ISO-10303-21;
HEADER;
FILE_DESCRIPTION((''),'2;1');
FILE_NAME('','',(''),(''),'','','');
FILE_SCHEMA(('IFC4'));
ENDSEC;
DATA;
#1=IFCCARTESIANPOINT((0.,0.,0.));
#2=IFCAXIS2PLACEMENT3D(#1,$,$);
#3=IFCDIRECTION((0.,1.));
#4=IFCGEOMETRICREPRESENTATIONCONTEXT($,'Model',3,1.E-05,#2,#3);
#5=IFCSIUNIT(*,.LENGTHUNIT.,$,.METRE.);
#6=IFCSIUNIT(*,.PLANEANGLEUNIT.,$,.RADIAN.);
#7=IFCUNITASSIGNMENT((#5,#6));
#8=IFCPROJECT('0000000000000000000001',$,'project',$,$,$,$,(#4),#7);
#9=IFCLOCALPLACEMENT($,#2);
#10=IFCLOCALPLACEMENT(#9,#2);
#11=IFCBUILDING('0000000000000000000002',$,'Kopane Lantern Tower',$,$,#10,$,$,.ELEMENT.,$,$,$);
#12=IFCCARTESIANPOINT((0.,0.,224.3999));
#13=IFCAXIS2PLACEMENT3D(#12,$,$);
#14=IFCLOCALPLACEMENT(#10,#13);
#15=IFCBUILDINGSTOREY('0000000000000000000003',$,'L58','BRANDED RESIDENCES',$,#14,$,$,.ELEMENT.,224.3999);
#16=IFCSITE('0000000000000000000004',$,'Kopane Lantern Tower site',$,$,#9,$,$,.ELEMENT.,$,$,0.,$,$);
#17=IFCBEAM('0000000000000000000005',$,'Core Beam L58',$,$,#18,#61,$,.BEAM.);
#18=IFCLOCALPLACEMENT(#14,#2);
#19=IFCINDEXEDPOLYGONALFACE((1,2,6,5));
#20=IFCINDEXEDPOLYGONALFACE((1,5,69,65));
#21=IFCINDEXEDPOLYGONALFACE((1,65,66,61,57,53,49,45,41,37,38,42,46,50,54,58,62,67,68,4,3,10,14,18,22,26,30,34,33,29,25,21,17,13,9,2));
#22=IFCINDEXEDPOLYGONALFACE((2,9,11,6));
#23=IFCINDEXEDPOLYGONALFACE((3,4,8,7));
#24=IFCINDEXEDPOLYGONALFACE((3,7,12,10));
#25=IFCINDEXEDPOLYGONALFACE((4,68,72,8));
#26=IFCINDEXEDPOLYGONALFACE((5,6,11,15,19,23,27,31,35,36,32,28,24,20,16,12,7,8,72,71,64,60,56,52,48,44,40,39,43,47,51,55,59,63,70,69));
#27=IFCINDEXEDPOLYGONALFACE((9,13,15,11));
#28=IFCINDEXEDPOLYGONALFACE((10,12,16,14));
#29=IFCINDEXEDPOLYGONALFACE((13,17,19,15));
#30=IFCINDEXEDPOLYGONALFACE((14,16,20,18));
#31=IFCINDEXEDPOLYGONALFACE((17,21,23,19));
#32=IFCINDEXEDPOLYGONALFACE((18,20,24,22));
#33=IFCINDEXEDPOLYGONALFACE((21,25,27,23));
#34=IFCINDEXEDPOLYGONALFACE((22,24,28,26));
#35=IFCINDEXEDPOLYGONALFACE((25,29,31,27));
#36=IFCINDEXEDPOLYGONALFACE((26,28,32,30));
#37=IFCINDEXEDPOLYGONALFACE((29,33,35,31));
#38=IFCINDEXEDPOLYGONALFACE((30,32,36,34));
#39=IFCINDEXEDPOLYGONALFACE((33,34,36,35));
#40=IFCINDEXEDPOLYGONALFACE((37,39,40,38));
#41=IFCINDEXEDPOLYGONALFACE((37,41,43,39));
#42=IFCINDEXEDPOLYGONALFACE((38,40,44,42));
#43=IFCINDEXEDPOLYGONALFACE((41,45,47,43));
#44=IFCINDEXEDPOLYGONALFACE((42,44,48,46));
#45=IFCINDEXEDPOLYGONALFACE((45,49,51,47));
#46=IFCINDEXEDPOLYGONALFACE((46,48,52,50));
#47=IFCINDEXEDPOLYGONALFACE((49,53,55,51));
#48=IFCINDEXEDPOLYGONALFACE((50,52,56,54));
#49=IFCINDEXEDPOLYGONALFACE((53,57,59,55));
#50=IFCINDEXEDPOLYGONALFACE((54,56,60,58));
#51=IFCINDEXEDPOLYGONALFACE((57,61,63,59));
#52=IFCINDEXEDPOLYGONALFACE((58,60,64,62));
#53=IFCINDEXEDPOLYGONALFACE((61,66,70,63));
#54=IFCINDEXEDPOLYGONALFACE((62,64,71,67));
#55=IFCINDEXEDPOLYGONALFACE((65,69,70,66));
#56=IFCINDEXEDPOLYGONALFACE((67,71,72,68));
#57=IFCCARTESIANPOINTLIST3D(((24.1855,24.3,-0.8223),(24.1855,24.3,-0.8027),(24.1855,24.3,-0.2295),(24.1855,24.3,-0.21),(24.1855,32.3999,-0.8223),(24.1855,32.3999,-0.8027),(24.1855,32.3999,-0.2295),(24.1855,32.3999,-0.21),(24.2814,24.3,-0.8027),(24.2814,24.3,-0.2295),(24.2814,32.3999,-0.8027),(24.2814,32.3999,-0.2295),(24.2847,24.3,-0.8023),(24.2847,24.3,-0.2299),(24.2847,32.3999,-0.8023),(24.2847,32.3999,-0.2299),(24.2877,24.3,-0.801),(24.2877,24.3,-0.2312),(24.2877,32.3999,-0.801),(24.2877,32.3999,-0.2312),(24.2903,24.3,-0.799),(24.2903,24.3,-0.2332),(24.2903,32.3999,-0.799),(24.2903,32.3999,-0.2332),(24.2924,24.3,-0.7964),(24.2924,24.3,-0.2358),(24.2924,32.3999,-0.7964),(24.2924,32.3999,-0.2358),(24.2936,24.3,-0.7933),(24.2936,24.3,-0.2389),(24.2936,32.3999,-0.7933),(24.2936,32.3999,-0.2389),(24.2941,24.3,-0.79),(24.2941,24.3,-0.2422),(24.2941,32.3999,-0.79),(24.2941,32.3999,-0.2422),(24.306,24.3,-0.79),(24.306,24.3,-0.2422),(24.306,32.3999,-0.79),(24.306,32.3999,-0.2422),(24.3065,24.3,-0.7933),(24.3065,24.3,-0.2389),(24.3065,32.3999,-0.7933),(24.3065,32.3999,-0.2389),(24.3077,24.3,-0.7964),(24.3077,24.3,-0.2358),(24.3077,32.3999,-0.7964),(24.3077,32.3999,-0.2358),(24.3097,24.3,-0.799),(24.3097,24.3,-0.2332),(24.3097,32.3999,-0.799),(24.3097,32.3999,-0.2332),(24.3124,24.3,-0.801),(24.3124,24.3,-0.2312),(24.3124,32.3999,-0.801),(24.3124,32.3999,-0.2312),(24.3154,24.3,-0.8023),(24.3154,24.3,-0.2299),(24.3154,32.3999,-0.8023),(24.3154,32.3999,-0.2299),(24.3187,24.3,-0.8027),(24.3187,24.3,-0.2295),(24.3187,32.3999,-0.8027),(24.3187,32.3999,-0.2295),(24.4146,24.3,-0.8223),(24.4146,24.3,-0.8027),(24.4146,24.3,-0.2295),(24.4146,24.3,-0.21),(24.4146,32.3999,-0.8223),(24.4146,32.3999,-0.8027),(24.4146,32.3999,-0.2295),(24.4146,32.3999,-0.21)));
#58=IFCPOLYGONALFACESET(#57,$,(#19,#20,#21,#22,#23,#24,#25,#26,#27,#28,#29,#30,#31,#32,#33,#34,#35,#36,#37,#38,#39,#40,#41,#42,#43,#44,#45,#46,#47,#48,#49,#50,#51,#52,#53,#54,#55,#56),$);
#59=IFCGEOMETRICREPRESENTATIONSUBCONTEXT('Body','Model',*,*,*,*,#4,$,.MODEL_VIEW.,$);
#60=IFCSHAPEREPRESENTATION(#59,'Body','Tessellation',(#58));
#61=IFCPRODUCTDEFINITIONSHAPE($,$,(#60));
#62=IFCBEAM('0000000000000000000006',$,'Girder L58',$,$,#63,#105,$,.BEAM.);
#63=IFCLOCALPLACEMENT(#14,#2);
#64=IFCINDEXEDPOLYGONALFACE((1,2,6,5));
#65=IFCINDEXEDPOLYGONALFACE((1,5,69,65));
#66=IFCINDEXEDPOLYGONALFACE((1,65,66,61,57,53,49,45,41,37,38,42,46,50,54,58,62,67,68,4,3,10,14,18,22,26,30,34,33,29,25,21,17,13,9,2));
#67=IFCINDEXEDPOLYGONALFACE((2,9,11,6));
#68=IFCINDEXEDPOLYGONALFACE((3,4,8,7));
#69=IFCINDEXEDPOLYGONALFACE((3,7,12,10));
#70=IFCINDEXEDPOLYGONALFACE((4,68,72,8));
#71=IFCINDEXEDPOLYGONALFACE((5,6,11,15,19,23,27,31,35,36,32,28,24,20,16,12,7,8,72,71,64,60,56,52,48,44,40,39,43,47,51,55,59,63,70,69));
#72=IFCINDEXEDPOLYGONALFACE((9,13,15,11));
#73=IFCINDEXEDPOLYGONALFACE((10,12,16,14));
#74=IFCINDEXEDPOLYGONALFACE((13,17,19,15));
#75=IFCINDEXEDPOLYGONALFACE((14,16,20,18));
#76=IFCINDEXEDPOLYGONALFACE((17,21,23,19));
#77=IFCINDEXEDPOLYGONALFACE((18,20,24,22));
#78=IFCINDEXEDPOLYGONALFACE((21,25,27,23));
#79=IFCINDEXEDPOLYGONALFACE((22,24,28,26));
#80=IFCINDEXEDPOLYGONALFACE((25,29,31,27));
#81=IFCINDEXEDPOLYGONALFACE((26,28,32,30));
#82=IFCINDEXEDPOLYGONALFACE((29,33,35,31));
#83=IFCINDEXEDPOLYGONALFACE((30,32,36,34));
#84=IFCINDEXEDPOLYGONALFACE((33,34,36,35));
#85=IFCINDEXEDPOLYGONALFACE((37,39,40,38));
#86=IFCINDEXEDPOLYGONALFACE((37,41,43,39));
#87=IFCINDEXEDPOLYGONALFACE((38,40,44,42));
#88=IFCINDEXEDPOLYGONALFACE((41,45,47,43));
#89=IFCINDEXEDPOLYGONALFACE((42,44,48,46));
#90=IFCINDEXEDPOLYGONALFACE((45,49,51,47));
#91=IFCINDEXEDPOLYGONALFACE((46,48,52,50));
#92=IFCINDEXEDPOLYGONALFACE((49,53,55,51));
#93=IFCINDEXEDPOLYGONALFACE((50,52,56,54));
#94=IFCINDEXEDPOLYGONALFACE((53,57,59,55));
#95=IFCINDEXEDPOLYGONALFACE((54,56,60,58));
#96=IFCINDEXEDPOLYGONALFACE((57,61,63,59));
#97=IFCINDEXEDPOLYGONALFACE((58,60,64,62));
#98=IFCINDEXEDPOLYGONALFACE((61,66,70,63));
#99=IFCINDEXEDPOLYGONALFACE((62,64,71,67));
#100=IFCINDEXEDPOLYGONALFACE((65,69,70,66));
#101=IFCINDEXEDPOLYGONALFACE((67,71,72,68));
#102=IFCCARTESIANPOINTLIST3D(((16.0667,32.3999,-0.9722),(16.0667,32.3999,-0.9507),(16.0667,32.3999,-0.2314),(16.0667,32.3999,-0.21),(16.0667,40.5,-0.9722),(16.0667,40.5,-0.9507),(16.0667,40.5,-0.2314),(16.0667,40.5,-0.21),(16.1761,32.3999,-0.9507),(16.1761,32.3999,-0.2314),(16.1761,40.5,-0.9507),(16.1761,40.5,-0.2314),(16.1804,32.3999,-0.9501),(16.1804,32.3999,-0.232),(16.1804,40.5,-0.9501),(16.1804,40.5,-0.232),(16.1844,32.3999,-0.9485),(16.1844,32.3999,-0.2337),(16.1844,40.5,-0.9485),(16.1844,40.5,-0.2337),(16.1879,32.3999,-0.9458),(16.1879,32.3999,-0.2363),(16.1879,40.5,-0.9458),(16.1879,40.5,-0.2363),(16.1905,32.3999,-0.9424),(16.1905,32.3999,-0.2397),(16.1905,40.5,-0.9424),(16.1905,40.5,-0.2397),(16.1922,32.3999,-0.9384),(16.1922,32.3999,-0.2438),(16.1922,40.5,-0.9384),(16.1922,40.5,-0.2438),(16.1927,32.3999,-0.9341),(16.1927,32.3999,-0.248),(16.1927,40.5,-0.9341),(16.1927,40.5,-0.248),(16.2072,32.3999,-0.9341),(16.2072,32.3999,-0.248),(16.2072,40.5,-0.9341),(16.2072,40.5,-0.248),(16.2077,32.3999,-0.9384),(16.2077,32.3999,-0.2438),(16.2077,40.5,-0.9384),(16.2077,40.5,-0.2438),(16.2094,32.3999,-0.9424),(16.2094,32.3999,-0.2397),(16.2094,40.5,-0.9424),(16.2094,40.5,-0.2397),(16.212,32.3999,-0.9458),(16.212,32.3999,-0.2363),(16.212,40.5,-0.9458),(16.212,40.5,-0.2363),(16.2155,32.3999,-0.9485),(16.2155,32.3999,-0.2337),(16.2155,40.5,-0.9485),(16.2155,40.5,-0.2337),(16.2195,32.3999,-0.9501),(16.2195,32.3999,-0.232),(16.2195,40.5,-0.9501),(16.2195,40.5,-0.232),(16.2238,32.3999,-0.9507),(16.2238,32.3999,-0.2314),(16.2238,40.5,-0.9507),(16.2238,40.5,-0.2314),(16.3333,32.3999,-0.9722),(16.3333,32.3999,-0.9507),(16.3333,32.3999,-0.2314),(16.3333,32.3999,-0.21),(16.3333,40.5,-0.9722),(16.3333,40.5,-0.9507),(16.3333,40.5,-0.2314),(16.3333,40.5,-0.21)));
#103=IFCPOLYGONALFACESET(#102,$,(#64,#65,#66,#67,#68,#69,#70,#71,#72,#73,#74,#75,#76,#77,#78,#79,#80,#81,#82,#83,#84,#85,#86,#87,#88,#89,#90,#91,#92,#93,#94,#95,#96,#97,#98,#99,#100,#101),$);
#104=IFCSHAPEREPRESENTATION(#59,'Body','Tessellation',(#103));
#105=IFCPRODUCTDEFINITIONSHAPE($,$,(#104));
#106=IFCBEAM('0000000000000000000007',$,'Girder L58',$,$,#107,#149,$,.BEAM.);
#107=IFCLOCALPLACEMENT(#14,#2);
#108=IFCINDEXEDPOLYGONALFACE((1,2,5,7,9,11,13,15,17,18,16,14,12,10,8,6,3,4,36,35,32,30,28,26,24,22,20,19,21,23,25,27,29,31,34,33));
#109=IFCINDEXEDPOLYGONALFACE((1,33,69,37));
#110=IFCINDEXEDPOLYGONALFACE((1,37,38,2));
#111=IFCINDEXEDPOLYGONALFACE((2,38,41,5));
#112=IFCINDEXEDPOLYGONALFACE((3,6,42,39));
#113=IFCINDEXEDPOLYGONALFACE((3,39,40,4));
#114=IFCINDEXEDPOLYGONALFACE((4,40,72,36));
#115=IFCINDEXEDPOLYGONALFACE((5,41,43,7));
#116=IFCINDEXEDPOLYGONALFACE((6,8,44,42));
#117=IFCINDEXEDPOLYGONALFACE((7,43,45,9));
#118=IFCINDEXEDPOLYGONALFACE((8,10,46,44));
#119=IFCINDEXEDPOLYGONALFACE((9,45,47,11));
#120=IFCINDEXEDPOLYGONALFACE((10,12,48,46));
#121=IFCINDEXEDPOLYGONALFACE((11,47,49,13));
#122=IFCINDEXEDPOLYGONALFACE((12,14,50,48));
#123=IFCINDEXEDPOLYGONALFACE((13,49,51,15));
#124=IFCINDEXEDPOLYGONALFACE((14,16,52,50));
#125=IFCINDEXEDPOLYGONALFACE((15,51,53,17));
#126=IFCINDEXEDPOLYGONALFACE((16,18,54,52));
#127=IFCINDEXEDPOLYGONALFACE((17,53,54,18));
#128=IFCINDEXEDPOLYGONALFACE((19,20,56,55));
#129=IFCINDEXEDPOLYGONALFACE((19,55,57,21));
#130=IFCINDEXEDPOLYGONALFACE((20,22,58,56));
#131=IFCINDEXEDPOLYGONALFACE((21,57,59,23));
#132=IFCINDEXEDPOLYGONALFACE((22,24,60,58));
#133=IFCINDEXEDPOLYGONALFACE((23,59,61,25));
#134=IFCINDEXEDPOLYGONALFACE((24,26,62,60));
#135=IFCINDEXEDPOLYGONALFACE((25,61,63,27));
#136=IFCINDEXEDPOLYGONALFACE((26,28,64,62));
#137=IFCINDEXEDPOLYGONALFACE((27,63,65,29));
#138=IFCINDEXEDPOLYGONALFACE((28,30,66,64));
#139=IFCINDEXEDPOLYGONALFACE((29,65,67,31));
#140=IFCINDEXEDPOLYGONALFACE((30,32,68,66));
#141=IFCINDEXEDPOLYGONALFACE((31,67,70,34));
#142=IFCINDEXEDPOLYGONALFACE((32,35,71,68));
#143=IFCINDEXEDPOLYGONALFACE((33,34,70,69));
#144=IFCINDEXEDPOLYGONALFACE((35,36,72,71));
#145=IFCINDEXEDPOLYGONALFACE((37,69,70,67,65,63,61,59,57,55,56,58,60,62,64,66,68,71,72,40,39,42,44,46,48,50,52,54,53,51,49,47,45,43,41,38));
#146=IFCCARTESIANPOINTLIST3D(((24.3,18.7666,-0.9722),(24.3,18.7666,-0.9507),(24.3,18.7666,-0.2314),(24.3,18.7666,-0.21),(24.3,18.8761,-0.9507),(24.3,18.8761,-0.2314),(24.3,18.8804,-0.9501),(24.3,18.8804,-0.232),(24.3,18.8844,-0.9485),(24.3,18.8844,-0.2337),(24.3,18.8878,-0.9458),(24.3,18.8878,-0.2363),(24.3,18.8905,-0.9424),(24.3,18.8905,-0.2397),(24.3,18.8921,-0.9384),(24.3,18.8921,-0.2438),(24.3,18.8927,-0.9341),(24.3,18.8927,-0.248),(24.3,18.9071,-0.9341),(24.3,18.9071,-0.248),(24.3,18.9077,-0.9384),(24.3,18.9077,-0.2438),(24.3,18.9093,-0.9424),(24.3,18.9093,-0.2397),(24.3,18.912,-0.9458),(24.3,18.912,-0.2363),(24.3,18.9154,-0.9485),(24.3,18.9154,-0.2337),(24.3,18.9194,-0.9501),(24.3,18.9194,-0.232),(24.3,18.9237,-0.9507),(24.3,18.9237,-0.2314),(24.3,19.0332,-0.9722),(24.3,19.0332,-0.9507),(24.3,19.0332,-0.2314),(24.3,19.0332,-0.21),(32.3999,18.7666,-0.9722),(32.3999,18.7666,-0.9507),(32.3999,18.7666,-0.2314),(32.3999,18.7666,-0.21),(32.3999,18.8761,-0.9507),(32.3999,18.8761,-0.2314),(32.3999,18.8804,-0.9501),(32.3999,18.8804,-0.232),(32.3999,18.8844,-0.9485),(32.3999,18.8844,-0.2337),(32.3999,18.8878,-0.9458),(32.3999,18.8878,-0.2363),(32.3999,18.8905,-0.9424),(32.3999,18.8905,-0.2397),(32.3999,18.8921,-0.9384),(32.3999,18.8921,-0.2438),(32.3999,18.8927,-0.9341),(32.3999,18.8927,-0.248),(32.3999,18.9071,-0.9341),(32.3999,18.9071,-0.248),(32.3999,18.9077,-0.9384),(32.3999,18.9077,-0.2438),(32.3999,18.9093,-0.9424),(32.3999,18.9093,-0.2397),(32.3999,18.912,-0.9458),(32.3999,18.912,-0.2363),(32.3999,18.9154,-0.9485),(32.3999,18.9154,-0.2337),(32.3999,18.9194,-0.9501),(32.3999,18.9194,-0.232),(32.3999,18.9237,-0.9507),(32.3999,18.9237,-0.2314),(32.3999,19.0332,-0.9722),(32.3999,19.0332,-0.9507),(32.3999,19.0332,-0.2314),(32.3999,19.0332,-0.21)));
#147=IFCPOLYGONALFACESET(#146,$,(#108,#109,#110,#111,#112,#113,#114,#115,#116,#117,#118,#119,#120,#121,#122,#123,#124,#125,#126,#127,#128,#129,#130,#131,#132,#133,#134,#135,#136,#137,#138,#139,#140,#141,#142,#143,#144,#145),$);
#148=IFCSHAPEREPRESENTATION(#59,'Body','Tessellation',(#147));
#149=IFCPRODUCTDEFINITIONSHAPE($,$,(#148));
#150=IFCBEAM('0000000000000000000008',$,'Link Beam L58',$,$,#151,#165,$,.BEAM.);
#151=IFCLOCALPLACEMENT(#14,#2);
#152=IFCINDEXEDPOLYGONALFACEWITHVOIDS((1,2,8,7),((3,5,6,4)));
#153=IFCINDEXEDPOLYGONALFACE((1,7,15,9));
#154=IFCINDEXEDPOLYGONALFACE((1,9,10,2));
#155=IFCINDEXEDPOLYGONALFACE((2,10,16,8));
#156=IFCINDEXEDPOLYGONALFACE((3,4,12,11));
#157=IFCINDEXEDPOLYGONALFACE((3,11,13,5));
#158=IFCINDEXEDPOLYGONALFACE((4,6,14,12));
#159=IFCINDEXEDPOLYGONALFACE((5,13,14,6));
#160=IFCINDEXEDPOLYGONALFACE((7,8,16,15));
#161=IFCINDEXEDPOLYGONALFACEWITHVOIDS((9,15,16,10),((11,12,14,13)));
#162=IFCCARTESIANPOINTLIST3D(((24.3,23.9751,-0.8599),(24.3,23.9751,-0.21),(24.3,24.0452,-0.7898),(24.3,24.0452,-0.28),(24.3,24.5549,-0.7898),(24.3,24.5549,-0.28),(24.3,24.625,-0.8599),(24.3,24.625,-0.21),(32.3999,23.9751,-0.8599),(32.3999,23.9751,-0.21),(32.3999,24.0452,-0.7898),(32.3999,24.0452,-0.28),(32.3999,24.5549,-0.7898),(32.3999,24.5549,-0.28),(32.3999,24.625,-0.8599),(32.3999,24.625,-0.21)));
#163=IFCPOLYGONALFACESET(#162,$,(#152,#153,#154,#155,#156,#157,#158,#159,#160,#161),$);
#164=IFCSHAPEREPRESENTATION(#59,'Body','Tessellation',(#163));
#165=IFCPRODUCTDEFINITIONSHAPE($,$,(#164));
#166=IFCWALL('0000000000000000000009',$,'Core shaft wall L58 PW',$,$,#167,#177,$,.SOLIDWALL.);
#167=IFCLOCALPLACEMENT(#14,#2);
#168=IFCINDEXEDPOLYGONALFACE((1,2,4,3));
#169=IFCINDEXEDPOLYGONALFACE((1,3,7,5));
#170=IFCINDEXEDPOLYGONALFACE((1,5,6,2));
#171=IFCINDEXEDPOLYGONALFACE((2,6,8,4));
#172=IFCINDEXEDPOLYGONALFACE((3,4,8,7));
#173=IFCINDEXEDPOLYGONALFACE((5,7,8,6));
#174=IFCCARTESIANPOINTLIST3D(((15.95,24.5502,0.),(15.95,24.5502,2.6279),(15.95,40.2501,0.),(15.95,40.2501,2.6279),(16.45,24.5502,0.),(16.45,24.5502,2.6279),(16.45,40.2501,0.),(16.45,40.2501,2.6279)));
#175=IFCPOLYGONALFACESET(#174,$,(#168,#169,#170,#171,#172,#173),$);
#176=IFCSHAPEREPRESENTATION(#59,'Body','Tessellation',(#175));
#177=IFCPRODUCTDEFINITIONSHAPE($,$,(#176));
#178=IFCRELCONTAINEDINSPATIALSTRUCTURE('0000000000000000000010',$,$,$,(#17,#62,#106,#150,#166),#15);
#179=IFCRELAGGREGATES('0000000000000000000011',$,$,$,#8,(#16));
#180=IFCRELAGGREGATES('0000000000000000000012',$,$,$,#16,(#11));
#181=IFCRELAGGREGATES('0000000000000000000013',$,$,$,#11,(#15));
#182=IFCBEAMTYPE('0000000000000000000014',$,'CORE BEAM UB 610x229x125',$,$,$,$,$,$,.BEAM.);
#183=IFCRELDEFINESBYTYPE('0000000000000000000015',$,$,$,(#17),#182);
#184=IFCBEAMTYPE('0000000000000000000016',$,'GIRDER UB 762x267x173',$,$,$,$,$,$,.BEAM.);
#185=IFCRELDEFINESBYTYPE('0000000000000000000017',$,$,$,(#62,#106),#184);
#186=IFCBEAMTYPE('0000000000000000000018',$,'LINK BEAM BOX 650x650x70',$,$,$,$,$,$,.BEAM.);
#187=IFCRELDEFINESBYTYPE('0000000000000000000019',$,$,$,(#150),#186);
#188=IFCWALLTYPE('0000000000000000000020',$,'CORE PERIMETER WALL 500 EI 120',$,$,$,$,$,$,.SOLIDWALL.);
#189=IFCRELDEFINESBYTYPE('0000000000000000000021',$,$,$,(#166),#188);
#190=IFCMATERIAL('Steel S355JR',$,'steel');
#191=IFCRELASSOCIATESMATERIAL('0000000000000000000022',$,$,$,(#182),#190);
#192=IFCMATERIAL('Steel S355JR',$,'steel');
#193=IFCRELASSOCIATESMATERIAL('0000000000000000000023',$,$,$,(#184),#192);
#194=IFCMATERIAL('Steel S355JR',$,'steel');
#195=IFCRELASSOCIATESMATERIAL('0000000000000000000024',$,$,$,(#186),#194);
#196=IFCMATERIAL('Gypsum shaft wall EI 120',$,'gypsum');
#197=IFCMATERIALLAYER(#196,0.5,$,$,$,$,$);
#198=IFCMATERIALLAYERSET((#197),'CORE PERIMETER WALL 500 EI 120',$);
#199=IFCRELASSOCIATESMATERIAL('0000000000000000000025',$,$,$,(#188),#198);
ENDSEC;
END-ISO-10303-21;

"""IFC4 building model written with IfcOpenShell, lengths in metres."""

from ifc_helpers import new_model, si_unit, direction, frame, frame_2d, origin, origin_2d, place, context, subcontext, project, spatial, rectangle, hollow_rectangle, i_section, extrude, material, layer, layer_set, material_profile, profile_set, type_object, element, save


model = new_model("IFC4")

# Units and contexts
model_context = context("Model", 3, precision=1e-05, world=origin(), true_north=direction((0.0, 1.0)))
body_context = subcontext(model_context, "Body", "Model", "MODEL_VIEW")
ifc_project = project(units=[si_unit("LENGTHUNIT", "METRE"), si_unit("PLANEANGLEUNIT", "RADIAN")], contexts=[model_context])

# Site, building, storey
site_placement = place(None, origin())
site = spatial("IfcSite", under=ifc_project, at=site_placement, Name="Kopane Lantern Tower site", CompositionType="ELEMENT", RefElevation=0.0)
building_placement = place(site_placement, origin())
building = spatial("IfcBuilding", under=site, at=building_placement, Name="Kopane Lantern Tower", CompositionType="ELEMENT")
storey_placement = place(building_placement, frame((0.0, 0.0, 224.3999)))
storey = spatial("IfcBuildingStorey", under=building, at=storey_placement, Name="L58", Description="BRANDED RESIDENCES", CompositionType="ELEMENT", Elevation=224.3999)

# Beams
ifc_material_1 = material(Name="Steel S355JR", Category="steel")
ifc_material_profile_1 = material_profile(ifc_material_1, i_section(OverallWidth=0.229, OverallDepth=0.6123, WebThickness=0.012, FlangeThickness=0.0195, FilletRadius=0.0127, at=origin_2d()), Name="UB 610x229x125")
ifc_profile_set_1 = profile_set([ifc_material_profile_1], Name="Steel S355JR")
beam_type_1 = type_object("IfcBeamType", Name="CORE BEAM UB 610x229x125", PredefinedType="BEAM", material=ifc_profile_set_1)
beam_1_placement = place(storey_placement, frame((24.3, 24.3, -0.5161), z_axis=(0.0, 1.0, 0.0), x_axis=(-1.0, 0.0, 0.0)))
element("IfcBeam", 1, at=beam_1_placement, inside=storey, type_object=beam_type_1, Name="Core Beam L58", PredefinedType="BEAM", context=body_context, shape_type="SweptSolid", body=[
    extrude(i_section(OverallWidth=0.229, OverallDepth=0.6123, WebThickness=0.012, FlangeThickness=0.0195, FilletRadius=0.0127, at=origin_2d()), origin(), (0.0, 0.0, 1.0), 8.0999),
])
ifc_material_2 = material(Name="Steel S355JR", Category="steel")
ifc_material_profile_2 = material_profile(ifc_material_2, i_section(OverallWidth=0.2666, OverallDepth=0.7622, WebThickness=0.0144, FlangeThickness=0.0215, FilletRadius=0.0166, at=origin_2d()), Name="UB 762x267x173")
ifc_profile_set_2 = profile_set([ifc_material_profile_2], Name="Steel S355JR")
beam_type_2 = type_object("IfcBeamType", Name="GIRDER UB 762x267x173", PredefinedType="BEAM", material=ifc_profile_set_2)
beam_2_placement = place(storey_placement, frame((16.2, 32.3999, -0.5911), z_axis=(0.0, 1.0, 0.0), x_axis=(-1.0, 0.0, 0.0)))
element("IfcBeam", 2, at=beam_2_placement, inside=storey, type_object=beam_type_2, Name="Girder L58", PredefinedType="BEAM", context=body_context, shape_type="SweptSolid", body=[
    extrude(i_section(OverallWidth=0.2666, OverallDepth=0.7622, WebThickness=0.0144, FlangeThickness=0.0215, FilletRadius=0.0166, at=origin_2d()), origin(), (0.0, 0.0, 1.0), 8.1001),
])
beam_3_placement = place(storey_placement, frame((24.3, 18.8999, -0.5911), z_axis=(1.0, 0.0, 0.0), x_axis=(0.0, 1.0, 0.0)))
element("IfcBeam", 3, at=beam_3_placement, inside=storey, type_object=beam_type_2, Name="Girder L58", PredefinedType="BEAM", context=body_context, shape_type="SweptSolid", body=[
    extrude(i_section(OverallWidth=0.2666, OverallDepth=0.7622, WebThickness=0.0144, FlangeThickness=0.0215, FilletRadius=0.0166, at=origin_2d()), origin(), (0.0, 0.0, 1.0), 8.0999),
])
ifc_material_3 = material(Name="Steel S355JR", Category="steel")
ifc_material_profile_3 = material_profile(ifc_material_3, hollow_rectangle(XDim=0.6499, YDim=0.6499, WallThickness=0.0701, at=origin_2d()), Name="BOX 650x650x70")
ifc_profile_set_3 = profile_set([ifc_material_profile_3], Name="Steel S355JR")
beam_type_3 = type_object("IfcBeamType", Name="LINK BEAM BOX 650x650x70", PredefinedType="BEAM", material=ifc_profile_set_3)
beam_4_placement = place(storey_placement, frame((24.3, 24.3, -0.5349), z_axis=(1.0, 0.0, 0.0), x_axis=(0.0, 1.0, 0.0)))
element("IfcBeam", 4, at=beam_4_placement, inside=storey, type_object=beam_type_3, Name="Link Beam L58", PredefinedType="BEAM", context=body_context, shape_type="SweptSolid", body=[
    extrude(hollow_rectangle(XDim=0.6499, YDim=0.6499, WallThickness=0.0701, at=origin_2d()), origin(), (0.0, 0.0, 1.0), 8.0999),
])

# Wall
ifc_material_4 = material(Name="Gypsum shaft wall EI 120", Category="gypsum")
ifc_layer_1 = layer(ifc_material_4, 0.5)
ifc_layer_set_1 = layer_set([ifc_layer_1], Name="CORE PERIMETER WALL 500 EI 120")
wall_type_1 = type_object("IfcWallType", Name="CORE PERIMETER WALL 500 EI 120", PredefinedType="SOLIDWALL", material=ifc_layer_set_1)
wall_1_placement = place(storey_placement, frame((16.2, 24.55, 0.0), z_axis=(0.0, 0.0, 1.0), x_axis=(0.0, 1.0, 0.0)))
element("IfcWall", 5, at=wall_1_placement, inside=storey, type_object=wall_type_1, Name="Core shaft wall L58 PW", PredefinedType="SOLIDWALL", context=body_context, shape_type="SweptSolid", body=[
    extrude(rectangle(XDim=15.7, YDim=0.5, at=frame_2d((7.8501, 0.0))), origin(), (0.0, 0.0, 1.0), 2.6279),
])

save(model, "model.ifc")
